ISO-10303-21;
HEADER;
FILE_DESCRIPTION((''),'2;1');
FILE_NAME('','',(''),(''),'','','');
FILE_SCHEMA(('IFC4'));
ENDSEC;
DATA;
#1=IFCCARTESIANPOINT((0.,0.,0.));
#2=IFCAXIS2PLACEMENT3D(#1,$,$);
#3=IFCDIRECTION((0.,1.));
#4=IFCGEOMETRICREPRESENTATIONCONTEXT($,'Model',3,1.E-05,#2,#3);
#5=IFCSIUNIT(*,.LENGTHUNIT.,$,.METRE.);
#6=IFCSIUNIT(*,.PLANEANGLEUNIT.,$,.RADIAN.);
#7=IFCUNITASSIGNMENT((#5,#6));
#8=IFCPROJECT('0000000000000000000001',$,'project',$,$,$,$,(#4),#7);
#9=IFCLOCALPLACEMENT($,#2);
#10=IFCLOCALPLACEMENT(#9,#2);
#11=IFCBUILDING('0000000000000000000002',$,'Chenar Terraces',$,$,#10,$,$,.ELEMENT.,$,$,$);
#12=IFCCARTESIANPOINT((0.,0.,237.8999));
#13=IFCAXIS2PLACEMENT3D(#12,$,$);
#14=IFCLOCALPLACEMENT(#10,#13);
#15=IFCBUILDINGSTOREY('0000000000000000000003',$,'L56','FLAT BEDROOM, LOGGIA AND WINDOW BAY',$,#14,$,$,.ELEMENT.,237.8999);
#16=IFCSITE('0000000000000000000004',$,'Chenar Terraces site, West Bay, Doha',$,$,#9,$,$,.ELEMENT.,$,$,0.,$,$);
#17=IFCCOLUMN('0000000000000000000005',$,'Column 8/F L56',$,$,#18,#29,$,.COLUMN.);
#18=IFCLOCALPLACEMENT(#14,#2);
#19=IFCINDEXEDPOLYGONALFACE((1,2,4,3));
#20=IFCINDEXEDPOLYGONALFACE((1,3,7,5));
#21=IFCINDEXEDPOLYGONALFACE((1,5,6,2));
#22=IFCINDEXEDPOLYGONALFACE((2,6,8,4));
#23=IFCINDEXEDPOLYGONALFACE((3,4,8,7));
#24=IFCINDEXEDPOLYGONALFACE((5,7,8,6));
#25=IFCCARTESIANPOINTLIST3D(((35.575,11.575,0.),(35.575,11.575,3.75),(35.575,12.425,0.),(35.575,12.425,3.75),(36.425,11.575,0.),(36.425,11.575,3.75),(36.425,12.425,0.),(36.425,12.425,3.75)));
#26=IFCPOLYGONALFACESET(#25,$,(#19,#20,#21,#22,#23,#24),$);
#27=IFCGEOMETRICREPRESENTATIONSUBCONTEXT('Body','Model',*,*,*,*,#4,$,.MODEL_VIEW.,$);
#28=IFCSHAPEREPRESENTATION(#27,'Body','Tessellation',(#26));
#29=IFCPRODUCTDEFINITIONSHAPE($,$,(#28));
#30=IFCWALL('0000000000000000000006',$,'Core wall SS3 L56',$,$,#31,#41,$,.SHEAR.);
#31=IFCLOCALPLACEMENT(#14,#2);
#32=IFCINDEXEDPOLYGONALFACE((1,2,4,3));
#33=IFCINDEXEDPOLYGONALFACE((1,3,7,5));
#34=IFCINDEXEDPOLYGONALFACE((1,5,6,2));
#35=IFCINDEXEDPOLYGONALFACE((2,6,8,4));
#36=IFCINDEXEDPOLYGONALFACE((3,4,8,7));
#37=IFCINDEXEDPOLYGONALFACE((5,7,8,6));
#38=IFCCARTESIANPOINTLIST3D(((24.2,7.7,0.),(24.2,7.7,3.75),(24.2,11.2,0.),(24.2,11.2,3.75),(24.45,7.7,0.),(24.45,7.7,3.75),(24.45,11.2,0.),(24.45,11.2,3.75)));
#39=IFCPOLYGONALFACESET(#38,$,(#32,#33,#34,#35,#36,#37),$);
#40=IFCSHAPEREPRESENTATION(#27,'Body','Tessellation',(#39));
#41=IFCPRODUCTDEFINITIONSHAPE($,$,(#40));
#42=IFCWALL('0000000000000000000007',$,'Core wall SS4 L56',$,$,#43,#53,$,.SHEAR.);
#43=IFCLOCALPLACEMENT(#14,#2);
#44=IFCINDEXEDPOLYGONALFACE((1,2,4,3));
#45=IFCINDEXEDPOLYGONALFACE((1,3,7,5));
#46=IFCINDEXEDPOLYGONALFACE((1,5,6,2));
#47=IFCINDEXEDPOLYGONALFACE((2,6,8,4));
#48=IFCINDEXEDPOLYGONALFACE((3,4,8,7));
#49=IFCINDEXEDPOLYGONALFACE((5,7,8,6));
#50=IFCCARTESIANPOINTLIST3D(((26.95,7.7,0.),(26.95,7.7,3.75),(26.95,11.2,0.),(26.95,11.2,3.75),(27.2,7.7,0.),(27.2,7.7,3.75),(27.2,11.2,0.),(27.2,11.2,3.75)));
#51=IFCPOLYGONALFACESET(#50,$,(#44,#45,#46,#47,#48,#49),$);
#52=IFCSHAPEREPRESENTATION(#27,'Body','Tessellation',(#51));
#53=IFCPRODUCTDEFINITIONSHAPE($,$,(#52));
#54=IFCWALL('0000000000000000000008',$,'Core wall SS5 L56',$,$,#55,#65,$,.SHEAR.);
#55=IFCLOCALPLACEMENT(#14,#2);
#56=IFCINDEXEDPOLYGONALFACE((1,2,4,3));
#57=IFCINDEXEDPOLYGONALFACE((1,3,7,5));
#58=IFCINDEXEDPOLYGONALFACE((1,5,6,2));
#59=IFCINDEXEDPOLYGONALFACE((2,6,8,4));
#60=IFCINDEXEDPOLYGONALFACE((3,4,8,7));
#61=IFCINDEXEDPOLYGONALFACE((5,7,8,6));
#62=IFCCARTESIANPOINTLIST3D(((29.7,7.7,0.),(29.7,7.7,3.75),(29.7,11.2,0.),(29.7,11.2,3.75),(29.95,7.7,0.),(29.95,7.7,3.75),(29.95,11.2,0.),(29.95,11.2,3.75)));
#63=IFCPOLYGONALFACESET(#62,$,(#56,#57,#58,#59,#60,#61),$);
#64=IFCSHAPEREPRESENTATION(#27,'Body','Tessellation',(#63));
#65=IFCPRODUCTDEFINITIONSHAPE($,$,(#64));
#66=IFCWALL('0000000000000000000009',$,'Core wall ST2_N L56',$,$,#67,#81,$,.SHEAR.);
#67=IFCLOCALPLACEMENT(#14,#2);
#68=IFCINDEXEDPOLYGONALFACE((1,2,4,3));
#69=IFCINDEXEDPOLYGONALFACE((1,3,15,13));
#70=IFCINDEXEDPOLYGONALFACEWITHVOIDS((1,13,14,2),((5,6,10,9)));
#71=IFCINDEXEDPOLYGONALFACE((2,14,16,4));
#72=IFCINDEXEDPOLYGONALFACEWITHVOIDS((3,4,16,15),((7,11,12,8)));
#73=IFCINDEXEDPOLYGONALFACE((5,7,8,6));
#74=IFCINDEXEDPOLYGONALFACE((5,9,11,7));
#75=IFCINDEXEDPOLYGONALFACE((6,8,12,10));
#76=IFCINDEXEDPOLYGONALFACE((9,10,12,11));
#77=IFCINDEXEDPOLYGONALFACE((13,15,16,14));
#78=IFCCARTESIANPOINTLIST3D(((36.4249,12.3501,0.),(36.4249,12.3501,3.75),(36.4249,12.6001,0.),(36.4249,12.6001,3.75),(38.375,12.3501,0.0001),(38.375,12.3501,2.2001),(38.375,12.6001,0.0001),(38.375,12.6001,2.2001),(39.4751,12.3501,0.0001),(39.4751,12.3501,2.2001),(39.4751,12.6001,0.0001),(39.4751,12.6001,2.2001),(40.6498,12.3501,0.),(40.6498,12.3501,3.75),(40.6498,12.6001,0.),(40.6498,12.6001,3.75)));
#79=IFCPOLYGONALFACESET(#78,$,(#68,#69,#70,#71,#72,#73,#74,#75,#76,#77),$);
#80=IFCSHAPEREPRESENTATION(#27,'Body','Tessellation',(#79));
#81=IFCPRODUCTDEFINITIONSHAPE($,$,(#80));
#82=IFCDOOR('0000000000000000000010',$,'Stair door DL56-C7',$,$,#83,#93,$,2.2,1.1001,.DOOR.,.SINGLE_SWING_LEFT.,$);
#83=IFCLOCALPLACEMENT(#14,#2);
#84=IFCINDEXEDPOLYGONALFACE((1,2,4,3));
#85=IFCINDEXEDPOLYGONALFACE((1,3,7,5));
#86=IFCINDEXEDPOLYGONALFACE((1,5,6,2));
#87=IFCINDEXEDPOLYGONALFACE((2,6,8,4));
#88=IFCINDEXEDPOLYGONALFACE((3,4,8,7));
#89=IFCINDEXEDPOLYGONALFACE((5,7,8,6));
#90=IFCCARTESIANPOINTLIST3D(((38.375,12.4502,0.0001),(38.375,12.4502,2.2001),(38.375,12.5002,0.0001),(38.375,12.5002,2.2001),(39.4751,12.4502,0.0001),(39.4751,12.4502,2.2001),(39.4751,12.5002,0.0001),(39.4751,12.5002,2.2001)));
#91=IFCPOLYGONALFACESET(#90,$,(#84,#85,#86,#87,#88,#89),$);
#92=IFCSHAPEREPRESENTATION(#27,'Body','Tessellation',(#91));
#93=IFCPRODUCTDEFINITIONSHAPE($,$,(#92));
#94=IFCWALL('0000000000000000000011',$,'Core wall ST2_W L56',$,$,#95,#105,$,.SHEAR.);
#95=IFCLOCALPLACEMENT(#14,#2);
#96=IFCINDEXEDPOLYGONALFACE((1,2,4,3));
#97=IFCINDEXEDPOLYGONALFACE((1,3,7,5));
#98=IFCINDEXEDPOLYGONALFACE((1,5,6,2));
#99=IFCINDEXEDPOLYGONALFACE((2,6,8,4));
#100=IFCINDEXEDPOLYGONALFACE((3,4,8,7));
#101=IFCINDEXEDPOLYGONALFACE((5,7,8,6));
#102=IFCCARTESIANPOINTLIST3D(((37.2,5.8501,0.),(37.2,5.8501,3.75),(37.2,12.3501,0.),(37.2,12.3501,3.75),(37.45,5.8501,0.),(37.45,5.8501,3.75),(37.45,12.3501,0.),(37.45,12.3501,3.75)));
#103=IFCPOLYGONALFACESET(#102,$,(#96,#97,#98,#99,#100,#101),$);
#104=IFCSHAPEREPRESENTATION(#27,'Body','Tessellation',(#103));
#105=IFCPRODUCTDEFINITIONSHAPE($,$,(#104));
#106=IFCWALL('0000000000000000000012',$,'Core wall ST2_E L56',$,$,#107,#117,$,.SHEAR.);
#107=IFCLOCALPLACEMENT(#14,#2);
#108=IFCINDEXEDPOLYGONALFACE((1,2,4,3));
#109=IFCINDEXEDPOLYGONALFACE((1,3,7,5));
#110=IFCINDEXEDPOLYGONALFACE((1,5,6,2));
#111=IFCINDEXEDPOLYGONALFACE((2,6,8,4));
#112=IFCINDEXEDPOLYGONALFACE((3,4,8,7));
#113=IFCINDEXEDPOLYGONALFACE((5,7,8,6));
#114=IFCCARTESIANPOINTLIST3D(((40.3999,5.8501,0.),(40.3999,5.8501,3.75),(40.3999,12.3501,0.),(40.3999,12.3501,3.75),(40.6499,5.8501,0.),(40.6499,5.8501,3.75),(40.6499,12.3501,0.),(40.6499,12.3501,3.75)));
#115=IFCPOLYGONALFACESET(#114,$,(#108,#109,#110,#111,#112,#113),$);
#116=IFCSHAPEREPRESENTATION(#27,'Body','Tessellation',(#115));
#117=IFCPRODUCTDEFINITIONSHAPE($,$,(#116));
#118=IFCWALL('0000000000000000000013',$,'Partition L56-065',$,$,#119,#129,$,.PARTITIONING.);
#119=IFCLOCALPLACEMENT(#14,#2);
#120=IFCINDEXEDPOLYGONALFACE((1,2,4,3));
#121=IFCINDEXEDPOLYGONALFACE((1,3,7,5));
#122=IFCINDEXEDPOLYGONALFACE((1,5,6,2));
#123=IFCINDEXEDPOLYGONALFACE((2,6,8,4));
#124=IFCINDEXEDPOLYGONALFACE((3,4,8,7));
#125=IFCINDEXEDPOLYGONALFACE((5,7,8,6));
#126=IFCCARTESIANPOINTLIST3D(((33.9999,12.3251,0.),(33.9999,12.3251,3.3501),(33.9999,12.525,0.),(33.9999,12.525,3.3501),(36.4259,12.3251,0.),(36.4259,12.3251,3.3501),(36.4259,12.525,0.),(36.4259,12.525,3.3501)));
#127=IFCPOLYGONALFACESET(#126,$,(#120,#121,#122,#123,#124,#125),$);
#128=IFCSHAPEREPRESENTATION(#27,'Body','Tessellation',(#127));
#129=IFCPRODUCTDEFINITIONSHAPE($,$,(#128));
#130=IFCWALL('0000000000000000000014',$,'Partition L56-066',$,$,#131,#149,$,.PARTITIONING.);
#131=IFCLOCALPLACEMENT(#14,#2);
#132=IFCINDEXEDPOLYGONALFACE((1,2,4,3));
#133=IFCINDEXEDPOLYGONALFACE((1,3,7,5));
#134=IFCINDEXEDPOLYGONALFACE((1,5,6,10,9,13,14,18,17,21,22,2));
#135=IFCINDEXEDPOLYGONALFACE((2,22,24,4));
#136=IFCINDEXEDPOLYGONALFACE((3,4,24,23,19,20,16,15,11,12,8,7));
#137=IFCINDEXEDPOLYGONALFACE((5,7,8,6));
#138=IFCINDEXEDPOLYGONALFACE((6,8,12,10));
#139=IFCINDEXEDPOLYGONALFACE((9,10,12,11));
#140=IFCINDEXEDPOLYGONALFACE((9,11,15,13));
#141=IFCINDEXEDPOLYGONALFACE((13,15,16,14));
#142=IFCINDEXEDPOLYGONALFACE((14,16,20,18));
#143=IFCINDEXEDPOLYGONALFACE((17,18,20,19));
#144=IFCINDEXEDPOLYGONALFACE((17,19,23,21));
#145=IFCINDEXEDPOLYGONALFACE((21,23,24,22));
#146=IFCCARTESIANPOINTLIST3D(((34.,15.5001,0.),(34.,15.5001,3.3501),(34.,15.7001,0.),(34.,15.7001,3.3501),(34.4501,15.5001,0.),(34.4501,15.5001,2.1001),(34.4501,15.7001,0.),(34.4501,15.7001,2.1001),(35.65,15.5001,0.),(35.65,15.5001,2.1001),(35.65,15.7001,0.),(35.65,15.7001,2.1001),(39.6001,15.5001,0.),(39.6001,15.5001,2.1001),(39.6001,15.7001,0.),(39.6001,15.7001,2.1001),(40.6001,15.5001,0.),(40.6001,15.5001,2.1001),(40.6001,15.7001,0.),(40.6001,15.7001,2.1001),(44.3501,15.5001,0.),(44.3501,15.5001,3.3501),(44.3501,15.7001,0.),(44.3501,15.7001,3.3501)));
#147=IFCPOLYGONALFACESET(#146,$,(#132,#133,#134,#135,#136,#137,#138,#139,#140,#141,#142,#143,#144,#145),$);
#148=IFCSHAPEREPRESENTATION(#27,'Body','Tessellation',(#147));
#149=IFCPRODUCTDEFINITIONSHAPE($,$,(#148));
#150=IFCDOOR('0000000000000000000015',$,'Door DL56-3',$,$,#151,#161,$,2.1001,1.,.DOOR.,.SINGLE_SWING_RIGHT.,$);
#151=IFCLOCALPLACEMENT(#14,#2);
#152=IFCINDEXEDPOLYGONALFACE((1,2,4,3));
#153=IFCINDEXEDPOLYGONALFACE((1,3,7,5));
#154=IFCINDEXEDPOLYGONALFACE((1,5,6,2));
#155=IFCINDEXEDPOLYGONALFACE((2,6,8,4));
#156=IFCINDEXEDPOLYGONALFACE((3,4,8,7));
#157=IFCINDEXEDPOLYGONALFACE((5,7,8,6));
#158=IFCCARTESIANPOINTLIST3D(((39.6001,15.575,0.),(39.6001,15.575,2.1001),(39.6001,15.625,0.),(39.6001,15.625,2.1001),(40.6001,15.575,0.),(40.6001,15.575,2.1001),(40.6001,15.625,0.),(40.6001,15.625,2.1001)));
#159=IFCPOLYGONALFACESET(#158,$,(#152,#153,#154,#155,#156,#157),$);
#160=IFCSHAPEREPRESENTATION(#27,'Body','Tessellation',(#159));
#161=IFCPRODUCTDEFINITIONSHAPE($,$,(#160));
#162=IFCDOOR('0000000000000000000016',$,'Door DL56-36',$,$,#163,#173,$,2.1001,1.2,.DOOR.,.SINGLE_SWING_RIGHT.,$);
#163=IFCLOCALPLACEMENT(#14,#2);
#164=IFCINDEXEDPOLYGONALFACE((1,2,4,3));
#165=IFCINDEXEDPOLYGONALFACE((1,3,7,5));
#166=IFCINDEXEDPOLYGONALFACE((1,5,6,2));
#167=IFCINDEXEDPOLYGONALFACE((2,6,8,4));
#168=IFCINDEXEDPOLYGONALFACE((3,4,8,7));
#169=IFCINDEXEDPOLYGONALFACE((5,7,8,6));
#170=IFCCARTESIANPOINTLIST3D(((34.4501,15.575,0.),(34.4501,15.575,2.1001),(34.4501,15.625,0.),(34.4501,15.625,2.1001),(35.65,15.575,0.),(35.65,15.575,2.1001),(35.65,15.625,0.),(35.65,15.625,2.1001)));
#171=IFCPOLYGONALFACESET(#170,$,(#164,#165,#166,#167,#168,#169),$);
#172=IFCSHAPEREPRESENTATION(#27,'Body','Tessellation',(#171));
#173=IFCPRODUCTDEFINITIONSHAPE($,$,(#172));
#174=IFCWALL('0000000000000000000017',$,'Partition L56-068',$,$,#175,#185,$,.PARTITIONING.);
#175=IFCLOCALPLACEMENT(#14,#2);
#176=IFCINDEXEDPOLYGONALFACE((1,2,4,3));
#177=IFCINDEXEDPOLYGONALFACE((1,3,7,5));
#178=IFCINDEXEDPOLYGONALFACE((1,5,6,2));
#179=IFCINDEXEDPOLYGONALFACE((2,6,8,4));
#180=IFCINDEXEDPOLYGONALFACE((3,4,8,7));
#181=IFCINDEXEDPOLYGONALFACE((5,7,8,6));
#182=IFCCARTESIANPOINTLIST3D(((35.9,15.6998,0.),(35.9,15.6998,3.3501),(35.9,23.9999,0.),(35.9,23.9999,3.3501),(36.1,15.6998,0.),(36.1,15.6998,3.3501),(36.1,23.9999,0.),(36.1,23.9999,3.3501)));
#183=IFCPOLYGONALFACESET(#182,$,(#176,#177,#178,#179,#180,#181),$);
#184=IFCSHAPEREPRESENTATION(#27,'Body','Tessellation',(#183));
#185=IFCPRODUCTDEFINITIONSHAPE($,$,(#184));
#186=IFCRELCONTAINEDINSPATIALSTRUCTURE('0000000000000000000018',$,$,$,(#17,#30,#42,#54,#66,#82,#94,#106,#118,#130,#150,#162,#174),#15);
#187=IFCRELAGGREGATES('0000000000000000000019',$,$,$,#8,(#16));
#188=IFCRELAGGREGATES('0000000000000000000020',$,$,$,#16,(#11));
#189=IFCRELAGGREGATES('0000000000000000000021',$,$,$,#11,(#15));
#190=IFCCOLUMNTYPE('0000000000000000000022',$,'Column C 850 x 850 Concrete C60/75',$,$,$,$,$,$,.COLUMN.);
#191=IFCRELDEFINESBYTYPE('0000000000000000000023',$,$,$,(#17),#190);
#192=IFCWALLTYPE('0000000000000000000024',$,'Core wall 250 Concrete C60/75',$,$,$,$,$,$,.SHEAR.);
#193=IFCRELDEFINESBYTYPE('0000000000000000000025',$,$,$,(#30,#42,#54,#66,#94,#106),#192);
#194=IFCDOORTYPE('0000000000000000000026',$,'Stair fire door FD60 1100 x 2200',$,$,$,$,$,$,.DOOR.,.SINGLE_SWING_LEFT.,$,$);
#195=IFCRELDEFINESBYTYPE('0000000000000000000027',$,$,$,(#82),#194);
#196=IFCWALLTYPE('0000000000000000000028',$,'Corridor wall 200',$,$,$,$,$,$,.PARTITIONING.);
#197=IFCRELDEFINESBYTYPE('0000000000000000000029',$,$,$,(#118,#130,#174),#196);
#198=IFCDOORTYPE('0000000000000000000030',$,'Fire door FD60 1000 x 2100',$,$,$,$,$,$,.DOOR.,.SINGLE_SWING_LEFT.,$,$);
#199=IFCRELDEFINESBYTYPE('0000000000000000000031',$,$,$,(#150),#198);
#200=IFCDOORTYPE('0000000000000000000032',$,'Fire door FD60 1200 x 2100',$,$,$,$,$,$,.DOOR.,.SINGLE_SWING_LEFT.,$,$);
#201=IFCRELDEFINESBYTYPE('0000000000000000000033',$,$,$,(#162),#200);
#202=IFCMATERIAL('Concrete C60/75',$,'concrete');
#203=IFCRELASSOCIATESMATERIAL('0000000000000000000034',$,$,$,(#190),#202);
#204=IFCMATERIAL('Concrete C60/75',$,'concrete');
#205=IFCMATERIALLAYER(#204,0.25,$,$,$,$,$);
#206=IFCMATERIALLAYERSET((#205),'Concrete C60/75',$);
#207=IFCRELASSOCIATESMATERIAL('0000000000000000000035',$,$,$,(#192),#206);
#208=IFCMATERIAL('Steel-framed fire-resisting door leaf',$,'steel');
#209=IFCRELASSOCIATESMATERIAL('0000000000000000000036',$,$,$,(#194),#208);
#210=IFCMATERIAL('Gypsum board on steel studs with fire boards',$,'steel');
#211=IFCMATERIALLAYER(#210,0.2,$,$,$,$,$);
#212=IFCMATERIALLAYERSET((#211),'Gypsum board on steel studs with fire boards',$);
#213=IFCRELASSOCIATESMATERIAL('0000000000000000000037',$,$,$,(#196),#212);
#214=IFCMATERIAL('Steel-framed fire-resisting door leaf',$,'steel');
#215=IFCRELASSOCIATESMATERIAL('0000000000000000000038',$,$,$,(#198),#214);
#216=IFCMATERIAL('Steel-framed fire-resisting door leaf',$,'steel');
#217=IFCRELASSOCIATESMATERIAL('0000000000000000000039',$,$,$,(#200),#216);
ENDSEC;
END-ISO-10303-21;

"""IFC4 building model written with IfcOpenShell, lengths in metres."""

from ifc_helpers import new_model, si_unit, direction, frame, frame_2d, origin, origin_2d, place, context, subcontext, project, spatial, rectangle, extrude, material, layer, layer_set, material_profile, profile_set, type_object, element, fill, save


model = new_model("IFC4")

# Units and contexts
model_context = context("Model", 3, precision=1e-05, world=origin(), true_north=direction((0.0, 1.0)))
body_context = subcontext(model_context, "Body", "Model", "MODEL_VIEW")
ifc_project = project(units=[si_unit("LENGTHUNIT", "METRE"), si_unit("PLANEANGLEUNIT", "RADIAN")], contexts=[model_context])

# Site, building, storey
site_placement = place(None, origin())
site = spatial("IfcSite", under=ifc_project, at=site_placement, Name="Chenar Terraces site, West Bay, Doha", CompositionType="ELEMENT", RefElevation=0.0)
building_placement = place(site_placement, origin())
building = spatial("IfcBuilding", under=site, at=building_placement, Name="Chenar Terraces", CompositionType="ELEMENT")
storey_placement = place(building_placement, frame((0.0, 0.0, 237.8999)))
storey = spatial("IfcBuildingStorey", under=building, at=storey_placement, Name="L56", Description="FLAT BEDROOM, LOGGIA AND WINDOW BAY", CompositionType="ELEMENT", Elevation=237.8999)

# Column
ifc_material_1 = material(Name="Concrete C60/75", Category="concrete")
ifc_material_profile = material_profile(ifc_material_1, rectangle(XDim=0.8501, YDim=0.8501, at=origin_2d()), Name="C 850 x 850")
ifc_profile_set = profile_set([ifc_material_profile], Name="Concrete C60/75")
column_type = type_object("IfcColumnType", Name="Column C 850 x 850 Concrete C60/75", PredefinedType="COLUMN", material=ifc_profile_set)
column_placement = place(storey_placement, frame((36.0, 12.0, 0.0), z_axis=(0.0, 0.0, 1.0), x_axis=(1.0, 0.0, 0.0)))
element("IfcColumn", 1, at=column_placement, inside=storey, type_object=column_type, Name="Column 8/F L56", PredefinedType="COLUMN", context=body_context, shape_type="SweptSolid", body=[
    extrude(rectangle(XDim=0.8501, YDim=0.8501, at=origin_2d()), origin(), (0.0, 0.0, 1.0), 3.75),
])

# Walls
ifc_material_2 = material(Name="Concrete C60/75", Category="concrete")
ifc_layer_1 = layer(ifc_material_2, 0.25)
ifc_layer_set_1 = layer_set([ifc_layer_1], Name="Concrete C60/75")
wall_type_1 = type_object("IfcWallType", Name="Core wall 250 Concrete C60/75", PredefinedType="SHEAR", material=ifc_layer_set_1)
for number, where, z_axis, x_axis, name in (
    (2, (24.325, 7.7, 0.0), (0.0, 0.0, 1.0), (0.0, 1.0, 0.0), "Core wall SS3 L56"),
    (3, (27.075, 7.7, 0.0), (0.0, 0.0, 1.0), (0.0, 1.0, 0.0), "Core wall SS4 L56"),
    (4, (29.825, 7.7, 0.0), (0.0, 0.0, 1.0), (0.0, 1.0, 0.0), "Core wall SS5 L56"),
):
    element("IfcWall", number, at=place(storey_placement, frame(where, z_axis=z_axis, x_axis=x_axis)), inside=storey, type_object=wall_type_1, Name=name, PredefinedType="SHEAR", context=body_context, shape_type="SweptSolid", body=[
        extrude(rectangle(XDim=3.5, YDim=0.25, at=frame_2d((1.75, 0.0))), origin(), (0.0, 0.0, 1.0), 3.75),
    ])

# Wall, opening, door
wall_1_placement = place(storey_placement, frame((36.425, 12.4751, 0.0), z_axis=(0.0, 0.0, 1.0), x_axis=(1.0, 0.0, 0.0)))
wall_1 = element("IfcWall", 5, at=wall_1_placement, inside=storey, type_object=wall_type_1, Name="Core wall ST2_N L56", PredefinedType="SHEAR", context=body_context, shape_type="SweptSolid", body=[
    extrude(rectangle(XDim=4.2249, YDim=0.25, at=frame_2d((2.1123, 0.0))), origin(), (0.0, 0.0, 1.0), 3.75),
])
opening_1_placement = place(wall_1_placement, frame((1.95, 0.0, 0.0)))
opening_1 = element("IfcOpeningElement", 6, at=opening_1_placement, cuts=wall_1, PredefinedType="OPENING", context=body_context, shape_type="SweptSolid", body=[
    extrude(rectangle(XDim=1.1001, YDim=2.2, at=frame_2d((0.55, 1.1001))), frame((0.0, 0.135, 0.0), z_axis=(0.0, -1.0, 0.0), x_axis=(1.0, 0.0, 0.0)), (0.0, 0.0, 1.0), 0.27),
])
ifc_material_3 = material(Name="Steel-framed fire-resisting door leaf", Category="steel")
door_type_1 = type_object("IfcDoorType", Name="Stair fire door FD60 1100 x 2200", OperationType="SINGLE_SWING_LEFT", PredefinedType="DOOR", material=ifc_material_3)
door_1_placement = place(opening_1_placement, frame((1.1001, 0.0, 0.0), z_axis=(0.0, 0.0, 1.0), x_axis=(-1.0, 0.0, 0.0)))
door_1 = element("IfcDoor", 7, at=door_1_placement, inside=storey, type_object=door_type_1, Name="Stair door DL56-C7", OperationType="SINGLE_SWING_LEFT", OverallHeight=2.2, OverallWidth=1.1001, PredefinedType="DOOR", context=body_context, shape_type="SweptSolid", body=[
    extrude(rectangle(XDim=1.1001, YDim=2.2, at=frame_2d((0.55, 1.1001))), frame((0.0, 0.0249, 0.0), z_axis=(0.0, -1.0, 0.0), x_axis=(1.0, 0.0, 0.0)), (0.0, 0.0, 1.0), 0.05),
])
fill(opening_1, door_1)

# Walls
for number, where, z_axis, x_axis, name in (
    (8, (37.325, 5.8501, 0.0), (0.0, 0.0, 1.0), (0.0, 1.0, 0.0), "Core wall ST2_W L56"),
    (9, (40.5249, 5.8501, 0.0), (0.0, 0.0, 1.0), (0.0, 1.0, 0.0), "Core wall ST2_E L56"),
):
    element("IfcWall", number, at=place(storey_placement, frame(where, z_axis=z_axis, x_axis=x_axis)), inside=storey, type_object=wall_type_1, Name=name, PredefinedType="SHEAR", context=body_context, shape_type="SweptSolid", body=[
        extrude(rectangle(XDim=6.5, YDim=0.25, at=frame_2d((3.25, 0.0))), origin(), (0.0, 0.0, 1.0), 3.75),
    ])

# Wall
ifc_material_4 = material(Name="Gypsum board on steel studs with fire boards", Category="steel")
ifc_layer_2 = layer(ifc_material_4, 0.2)
ifc_layer_set_2 = layer_set([ifc_layer_2], Name="Gypsum board on steel studs with fire boards")
wall_type_2 = type_object("IfcWallType", Name="Corridor wall 200", PredefinedType="PARTITIONING", material=ifc_layer_set_2)
wall_2_placement = place(storey_placement, frame((34.0, 12.425, 0.0), z_axis=(0.0, 0.0, 1.0), x_axis=(1.0, 0.0, 0.0)))
element("IfcWall", 10, at=wall_2_placement, inside=storey, type_object=wall_type_2, Name="Partition L56-065", PredefinedType="PARTITIONING", context=body_context, shape_type="SweptSolid", body=[
    extrude(rectangle(XDim=2.426, YDim=0.2, at=frame_2d((1.2129, 0.0))), origin(), (0.0, 0.0, 1.0), 3.3501),
])

# Wall, openings, doors
wall_3_placement = place(storey_placement, frame((34.0, 15.6001, 0.0), z_axis=(0.0, 0.0, 1.0), x_axis=(1.0, 0.0, 0.0)))
wall_3 = element("IfcWall", 11, at=wall_3_placement, inside=storey, type_object=wall_type_2, Name="Partition L56-066", PredefinedType="PARTITIONING", context=body_context, shape_type="SweptSolid", body=[
    extrude(rectangle(XDim=10.3501, YDim=0.2, at=frame_2d((5.175, 0.0))), origin(), (0.0, 0.0, 1.0), 3.3501),
])
opening_2_placement = place(wall_3_placement, frame((5.6001, 0.0, 0.0)))
opening_2 = element("IfcOpeningElement", 12, at=opening_2_placement, cuts=wall_3, PredefinedType="OPENING", context=body_context, shape_type="SweptSolid", body=[
    extrude(rectangle(XDim=1.0, YDim=2.1001, at=frame_2d((0.5, 1.05))), frame((0.0, 0.1099, 0.0), z_axis=(0.0, -1.0, 0.0), x_axis=(1.0, 0.0, 0.0)), (0.0, 0.0, 1.0), 0.22),
])
opening_3_placement = place(wall_3_placement, frame((0.45, 0.0, 0.0)))
opening_3 = element("IfcOpeningElement", 13, at=opening_3_placement, cuts=wall_3, PredefinedType="OPENING", context=body_context, shape_type="SweptSolid", body=[
    extrude(rectangle(XDim=1.2, YDim=2.1001, at=frame_2d((0.6001, 1.05))), frame((0.0, 0.1099, 0.0), z_axis=(0.0, -1.0, 0.0), x_axis=(1.0, 0.0, 0.0)), (0.0, 0.0, 1.0), 0.22),
])
ifc_material_5 = material(Name="Steel-framed fire-resisting door leaf", Category="steel")
door_type_2 = type_object("IfcDoorType", Name="Fire door FD60 1000 x 2100", OperationType="SINGLE_SWING_LEFT", PredefinedType="DOOR", material=ifc_material_5)
door_2_placement = place(opening_2_placement, origin())
door_2 = element("IfcDoor", 14, at=door_2_placement, inside=storey, type_object=door_type_2, Name="Door DL56-3", OperationType="SINGLE_SWING_RIGHT", OverallHeight=2.1001, OverallWidth=1.0, PredefinedType="DOOR", context=body_context, shape_type="SweptSolid", body=[
    extrude(rectangle(XDim=1.0, YDim=2.1001, at=frame_2d((0.5, 1.05))), frame((0.0, 0.0249, 0.0), z_axis=(0.0, -1.0, 0.0), x_axis=(1.0, 0.0, 0.0)), (0.0, 0.0, 1.0), 0.05),
])
fill(opening_2, door_2)
ifc_material_6 = material(Name="Steel-framed fire-resisting door leaf", Category="steel")
door_type_3 = type_object("IfcDoorType", Name="Fire door FD60 1200 x 2100", OperationType="SINGLE_SWING_LEFT", PredefinedType="DOOR", material=ifc_material_6)
door_3_placement = place(opening_3_placement, origin())
door_3 = element("IfcDoor", 15, at=door_3_placement, inside=storey, type_object=door_type_3, Name="Door DL56-36", OperationType="SINGLE_SWING_RIGHT", OverallHeight=2.1001, OverallWidth=1.2, PredefinedType="DOOR", context=body_context, shape_type="SweptSolid", body=[
    extrude(rectangle(XDim=1.2, YDim=2.1001, at=frame_2d((0.6001, 1.05))), frame((0.0, 0.0249, 0.0), z_axis=(0.0, -1.0, 0.0), x_axis=(1.0, 0.0, 0.0)), (0.0, 0.0, 1.0), 0.05),
])
fill(opening_3, door_3)

# Wall
wall_4_placement = place(storey_placement, frame((36.0, 15.7, 0.0), z_axis=(0.0, 0.0, 1.0), x_axis=(0.0, 1.0, 0.0)))
element("IfcWall", 16, at=wall_4_placement, inside=storey, type_object=wall_type_2, Name="Partition L56-068", PredefinedType="PARTITIONING", context=body_context, shape_type="SweptSolid", body=[
    extrude(rectangle(XDim=8.3, YDim=0.2, at=frame_2d((4.1499, 0.0))), origin(), (0.0, 0.0, 1.0), 3.3501),
])

save(model, "model.ifc")
